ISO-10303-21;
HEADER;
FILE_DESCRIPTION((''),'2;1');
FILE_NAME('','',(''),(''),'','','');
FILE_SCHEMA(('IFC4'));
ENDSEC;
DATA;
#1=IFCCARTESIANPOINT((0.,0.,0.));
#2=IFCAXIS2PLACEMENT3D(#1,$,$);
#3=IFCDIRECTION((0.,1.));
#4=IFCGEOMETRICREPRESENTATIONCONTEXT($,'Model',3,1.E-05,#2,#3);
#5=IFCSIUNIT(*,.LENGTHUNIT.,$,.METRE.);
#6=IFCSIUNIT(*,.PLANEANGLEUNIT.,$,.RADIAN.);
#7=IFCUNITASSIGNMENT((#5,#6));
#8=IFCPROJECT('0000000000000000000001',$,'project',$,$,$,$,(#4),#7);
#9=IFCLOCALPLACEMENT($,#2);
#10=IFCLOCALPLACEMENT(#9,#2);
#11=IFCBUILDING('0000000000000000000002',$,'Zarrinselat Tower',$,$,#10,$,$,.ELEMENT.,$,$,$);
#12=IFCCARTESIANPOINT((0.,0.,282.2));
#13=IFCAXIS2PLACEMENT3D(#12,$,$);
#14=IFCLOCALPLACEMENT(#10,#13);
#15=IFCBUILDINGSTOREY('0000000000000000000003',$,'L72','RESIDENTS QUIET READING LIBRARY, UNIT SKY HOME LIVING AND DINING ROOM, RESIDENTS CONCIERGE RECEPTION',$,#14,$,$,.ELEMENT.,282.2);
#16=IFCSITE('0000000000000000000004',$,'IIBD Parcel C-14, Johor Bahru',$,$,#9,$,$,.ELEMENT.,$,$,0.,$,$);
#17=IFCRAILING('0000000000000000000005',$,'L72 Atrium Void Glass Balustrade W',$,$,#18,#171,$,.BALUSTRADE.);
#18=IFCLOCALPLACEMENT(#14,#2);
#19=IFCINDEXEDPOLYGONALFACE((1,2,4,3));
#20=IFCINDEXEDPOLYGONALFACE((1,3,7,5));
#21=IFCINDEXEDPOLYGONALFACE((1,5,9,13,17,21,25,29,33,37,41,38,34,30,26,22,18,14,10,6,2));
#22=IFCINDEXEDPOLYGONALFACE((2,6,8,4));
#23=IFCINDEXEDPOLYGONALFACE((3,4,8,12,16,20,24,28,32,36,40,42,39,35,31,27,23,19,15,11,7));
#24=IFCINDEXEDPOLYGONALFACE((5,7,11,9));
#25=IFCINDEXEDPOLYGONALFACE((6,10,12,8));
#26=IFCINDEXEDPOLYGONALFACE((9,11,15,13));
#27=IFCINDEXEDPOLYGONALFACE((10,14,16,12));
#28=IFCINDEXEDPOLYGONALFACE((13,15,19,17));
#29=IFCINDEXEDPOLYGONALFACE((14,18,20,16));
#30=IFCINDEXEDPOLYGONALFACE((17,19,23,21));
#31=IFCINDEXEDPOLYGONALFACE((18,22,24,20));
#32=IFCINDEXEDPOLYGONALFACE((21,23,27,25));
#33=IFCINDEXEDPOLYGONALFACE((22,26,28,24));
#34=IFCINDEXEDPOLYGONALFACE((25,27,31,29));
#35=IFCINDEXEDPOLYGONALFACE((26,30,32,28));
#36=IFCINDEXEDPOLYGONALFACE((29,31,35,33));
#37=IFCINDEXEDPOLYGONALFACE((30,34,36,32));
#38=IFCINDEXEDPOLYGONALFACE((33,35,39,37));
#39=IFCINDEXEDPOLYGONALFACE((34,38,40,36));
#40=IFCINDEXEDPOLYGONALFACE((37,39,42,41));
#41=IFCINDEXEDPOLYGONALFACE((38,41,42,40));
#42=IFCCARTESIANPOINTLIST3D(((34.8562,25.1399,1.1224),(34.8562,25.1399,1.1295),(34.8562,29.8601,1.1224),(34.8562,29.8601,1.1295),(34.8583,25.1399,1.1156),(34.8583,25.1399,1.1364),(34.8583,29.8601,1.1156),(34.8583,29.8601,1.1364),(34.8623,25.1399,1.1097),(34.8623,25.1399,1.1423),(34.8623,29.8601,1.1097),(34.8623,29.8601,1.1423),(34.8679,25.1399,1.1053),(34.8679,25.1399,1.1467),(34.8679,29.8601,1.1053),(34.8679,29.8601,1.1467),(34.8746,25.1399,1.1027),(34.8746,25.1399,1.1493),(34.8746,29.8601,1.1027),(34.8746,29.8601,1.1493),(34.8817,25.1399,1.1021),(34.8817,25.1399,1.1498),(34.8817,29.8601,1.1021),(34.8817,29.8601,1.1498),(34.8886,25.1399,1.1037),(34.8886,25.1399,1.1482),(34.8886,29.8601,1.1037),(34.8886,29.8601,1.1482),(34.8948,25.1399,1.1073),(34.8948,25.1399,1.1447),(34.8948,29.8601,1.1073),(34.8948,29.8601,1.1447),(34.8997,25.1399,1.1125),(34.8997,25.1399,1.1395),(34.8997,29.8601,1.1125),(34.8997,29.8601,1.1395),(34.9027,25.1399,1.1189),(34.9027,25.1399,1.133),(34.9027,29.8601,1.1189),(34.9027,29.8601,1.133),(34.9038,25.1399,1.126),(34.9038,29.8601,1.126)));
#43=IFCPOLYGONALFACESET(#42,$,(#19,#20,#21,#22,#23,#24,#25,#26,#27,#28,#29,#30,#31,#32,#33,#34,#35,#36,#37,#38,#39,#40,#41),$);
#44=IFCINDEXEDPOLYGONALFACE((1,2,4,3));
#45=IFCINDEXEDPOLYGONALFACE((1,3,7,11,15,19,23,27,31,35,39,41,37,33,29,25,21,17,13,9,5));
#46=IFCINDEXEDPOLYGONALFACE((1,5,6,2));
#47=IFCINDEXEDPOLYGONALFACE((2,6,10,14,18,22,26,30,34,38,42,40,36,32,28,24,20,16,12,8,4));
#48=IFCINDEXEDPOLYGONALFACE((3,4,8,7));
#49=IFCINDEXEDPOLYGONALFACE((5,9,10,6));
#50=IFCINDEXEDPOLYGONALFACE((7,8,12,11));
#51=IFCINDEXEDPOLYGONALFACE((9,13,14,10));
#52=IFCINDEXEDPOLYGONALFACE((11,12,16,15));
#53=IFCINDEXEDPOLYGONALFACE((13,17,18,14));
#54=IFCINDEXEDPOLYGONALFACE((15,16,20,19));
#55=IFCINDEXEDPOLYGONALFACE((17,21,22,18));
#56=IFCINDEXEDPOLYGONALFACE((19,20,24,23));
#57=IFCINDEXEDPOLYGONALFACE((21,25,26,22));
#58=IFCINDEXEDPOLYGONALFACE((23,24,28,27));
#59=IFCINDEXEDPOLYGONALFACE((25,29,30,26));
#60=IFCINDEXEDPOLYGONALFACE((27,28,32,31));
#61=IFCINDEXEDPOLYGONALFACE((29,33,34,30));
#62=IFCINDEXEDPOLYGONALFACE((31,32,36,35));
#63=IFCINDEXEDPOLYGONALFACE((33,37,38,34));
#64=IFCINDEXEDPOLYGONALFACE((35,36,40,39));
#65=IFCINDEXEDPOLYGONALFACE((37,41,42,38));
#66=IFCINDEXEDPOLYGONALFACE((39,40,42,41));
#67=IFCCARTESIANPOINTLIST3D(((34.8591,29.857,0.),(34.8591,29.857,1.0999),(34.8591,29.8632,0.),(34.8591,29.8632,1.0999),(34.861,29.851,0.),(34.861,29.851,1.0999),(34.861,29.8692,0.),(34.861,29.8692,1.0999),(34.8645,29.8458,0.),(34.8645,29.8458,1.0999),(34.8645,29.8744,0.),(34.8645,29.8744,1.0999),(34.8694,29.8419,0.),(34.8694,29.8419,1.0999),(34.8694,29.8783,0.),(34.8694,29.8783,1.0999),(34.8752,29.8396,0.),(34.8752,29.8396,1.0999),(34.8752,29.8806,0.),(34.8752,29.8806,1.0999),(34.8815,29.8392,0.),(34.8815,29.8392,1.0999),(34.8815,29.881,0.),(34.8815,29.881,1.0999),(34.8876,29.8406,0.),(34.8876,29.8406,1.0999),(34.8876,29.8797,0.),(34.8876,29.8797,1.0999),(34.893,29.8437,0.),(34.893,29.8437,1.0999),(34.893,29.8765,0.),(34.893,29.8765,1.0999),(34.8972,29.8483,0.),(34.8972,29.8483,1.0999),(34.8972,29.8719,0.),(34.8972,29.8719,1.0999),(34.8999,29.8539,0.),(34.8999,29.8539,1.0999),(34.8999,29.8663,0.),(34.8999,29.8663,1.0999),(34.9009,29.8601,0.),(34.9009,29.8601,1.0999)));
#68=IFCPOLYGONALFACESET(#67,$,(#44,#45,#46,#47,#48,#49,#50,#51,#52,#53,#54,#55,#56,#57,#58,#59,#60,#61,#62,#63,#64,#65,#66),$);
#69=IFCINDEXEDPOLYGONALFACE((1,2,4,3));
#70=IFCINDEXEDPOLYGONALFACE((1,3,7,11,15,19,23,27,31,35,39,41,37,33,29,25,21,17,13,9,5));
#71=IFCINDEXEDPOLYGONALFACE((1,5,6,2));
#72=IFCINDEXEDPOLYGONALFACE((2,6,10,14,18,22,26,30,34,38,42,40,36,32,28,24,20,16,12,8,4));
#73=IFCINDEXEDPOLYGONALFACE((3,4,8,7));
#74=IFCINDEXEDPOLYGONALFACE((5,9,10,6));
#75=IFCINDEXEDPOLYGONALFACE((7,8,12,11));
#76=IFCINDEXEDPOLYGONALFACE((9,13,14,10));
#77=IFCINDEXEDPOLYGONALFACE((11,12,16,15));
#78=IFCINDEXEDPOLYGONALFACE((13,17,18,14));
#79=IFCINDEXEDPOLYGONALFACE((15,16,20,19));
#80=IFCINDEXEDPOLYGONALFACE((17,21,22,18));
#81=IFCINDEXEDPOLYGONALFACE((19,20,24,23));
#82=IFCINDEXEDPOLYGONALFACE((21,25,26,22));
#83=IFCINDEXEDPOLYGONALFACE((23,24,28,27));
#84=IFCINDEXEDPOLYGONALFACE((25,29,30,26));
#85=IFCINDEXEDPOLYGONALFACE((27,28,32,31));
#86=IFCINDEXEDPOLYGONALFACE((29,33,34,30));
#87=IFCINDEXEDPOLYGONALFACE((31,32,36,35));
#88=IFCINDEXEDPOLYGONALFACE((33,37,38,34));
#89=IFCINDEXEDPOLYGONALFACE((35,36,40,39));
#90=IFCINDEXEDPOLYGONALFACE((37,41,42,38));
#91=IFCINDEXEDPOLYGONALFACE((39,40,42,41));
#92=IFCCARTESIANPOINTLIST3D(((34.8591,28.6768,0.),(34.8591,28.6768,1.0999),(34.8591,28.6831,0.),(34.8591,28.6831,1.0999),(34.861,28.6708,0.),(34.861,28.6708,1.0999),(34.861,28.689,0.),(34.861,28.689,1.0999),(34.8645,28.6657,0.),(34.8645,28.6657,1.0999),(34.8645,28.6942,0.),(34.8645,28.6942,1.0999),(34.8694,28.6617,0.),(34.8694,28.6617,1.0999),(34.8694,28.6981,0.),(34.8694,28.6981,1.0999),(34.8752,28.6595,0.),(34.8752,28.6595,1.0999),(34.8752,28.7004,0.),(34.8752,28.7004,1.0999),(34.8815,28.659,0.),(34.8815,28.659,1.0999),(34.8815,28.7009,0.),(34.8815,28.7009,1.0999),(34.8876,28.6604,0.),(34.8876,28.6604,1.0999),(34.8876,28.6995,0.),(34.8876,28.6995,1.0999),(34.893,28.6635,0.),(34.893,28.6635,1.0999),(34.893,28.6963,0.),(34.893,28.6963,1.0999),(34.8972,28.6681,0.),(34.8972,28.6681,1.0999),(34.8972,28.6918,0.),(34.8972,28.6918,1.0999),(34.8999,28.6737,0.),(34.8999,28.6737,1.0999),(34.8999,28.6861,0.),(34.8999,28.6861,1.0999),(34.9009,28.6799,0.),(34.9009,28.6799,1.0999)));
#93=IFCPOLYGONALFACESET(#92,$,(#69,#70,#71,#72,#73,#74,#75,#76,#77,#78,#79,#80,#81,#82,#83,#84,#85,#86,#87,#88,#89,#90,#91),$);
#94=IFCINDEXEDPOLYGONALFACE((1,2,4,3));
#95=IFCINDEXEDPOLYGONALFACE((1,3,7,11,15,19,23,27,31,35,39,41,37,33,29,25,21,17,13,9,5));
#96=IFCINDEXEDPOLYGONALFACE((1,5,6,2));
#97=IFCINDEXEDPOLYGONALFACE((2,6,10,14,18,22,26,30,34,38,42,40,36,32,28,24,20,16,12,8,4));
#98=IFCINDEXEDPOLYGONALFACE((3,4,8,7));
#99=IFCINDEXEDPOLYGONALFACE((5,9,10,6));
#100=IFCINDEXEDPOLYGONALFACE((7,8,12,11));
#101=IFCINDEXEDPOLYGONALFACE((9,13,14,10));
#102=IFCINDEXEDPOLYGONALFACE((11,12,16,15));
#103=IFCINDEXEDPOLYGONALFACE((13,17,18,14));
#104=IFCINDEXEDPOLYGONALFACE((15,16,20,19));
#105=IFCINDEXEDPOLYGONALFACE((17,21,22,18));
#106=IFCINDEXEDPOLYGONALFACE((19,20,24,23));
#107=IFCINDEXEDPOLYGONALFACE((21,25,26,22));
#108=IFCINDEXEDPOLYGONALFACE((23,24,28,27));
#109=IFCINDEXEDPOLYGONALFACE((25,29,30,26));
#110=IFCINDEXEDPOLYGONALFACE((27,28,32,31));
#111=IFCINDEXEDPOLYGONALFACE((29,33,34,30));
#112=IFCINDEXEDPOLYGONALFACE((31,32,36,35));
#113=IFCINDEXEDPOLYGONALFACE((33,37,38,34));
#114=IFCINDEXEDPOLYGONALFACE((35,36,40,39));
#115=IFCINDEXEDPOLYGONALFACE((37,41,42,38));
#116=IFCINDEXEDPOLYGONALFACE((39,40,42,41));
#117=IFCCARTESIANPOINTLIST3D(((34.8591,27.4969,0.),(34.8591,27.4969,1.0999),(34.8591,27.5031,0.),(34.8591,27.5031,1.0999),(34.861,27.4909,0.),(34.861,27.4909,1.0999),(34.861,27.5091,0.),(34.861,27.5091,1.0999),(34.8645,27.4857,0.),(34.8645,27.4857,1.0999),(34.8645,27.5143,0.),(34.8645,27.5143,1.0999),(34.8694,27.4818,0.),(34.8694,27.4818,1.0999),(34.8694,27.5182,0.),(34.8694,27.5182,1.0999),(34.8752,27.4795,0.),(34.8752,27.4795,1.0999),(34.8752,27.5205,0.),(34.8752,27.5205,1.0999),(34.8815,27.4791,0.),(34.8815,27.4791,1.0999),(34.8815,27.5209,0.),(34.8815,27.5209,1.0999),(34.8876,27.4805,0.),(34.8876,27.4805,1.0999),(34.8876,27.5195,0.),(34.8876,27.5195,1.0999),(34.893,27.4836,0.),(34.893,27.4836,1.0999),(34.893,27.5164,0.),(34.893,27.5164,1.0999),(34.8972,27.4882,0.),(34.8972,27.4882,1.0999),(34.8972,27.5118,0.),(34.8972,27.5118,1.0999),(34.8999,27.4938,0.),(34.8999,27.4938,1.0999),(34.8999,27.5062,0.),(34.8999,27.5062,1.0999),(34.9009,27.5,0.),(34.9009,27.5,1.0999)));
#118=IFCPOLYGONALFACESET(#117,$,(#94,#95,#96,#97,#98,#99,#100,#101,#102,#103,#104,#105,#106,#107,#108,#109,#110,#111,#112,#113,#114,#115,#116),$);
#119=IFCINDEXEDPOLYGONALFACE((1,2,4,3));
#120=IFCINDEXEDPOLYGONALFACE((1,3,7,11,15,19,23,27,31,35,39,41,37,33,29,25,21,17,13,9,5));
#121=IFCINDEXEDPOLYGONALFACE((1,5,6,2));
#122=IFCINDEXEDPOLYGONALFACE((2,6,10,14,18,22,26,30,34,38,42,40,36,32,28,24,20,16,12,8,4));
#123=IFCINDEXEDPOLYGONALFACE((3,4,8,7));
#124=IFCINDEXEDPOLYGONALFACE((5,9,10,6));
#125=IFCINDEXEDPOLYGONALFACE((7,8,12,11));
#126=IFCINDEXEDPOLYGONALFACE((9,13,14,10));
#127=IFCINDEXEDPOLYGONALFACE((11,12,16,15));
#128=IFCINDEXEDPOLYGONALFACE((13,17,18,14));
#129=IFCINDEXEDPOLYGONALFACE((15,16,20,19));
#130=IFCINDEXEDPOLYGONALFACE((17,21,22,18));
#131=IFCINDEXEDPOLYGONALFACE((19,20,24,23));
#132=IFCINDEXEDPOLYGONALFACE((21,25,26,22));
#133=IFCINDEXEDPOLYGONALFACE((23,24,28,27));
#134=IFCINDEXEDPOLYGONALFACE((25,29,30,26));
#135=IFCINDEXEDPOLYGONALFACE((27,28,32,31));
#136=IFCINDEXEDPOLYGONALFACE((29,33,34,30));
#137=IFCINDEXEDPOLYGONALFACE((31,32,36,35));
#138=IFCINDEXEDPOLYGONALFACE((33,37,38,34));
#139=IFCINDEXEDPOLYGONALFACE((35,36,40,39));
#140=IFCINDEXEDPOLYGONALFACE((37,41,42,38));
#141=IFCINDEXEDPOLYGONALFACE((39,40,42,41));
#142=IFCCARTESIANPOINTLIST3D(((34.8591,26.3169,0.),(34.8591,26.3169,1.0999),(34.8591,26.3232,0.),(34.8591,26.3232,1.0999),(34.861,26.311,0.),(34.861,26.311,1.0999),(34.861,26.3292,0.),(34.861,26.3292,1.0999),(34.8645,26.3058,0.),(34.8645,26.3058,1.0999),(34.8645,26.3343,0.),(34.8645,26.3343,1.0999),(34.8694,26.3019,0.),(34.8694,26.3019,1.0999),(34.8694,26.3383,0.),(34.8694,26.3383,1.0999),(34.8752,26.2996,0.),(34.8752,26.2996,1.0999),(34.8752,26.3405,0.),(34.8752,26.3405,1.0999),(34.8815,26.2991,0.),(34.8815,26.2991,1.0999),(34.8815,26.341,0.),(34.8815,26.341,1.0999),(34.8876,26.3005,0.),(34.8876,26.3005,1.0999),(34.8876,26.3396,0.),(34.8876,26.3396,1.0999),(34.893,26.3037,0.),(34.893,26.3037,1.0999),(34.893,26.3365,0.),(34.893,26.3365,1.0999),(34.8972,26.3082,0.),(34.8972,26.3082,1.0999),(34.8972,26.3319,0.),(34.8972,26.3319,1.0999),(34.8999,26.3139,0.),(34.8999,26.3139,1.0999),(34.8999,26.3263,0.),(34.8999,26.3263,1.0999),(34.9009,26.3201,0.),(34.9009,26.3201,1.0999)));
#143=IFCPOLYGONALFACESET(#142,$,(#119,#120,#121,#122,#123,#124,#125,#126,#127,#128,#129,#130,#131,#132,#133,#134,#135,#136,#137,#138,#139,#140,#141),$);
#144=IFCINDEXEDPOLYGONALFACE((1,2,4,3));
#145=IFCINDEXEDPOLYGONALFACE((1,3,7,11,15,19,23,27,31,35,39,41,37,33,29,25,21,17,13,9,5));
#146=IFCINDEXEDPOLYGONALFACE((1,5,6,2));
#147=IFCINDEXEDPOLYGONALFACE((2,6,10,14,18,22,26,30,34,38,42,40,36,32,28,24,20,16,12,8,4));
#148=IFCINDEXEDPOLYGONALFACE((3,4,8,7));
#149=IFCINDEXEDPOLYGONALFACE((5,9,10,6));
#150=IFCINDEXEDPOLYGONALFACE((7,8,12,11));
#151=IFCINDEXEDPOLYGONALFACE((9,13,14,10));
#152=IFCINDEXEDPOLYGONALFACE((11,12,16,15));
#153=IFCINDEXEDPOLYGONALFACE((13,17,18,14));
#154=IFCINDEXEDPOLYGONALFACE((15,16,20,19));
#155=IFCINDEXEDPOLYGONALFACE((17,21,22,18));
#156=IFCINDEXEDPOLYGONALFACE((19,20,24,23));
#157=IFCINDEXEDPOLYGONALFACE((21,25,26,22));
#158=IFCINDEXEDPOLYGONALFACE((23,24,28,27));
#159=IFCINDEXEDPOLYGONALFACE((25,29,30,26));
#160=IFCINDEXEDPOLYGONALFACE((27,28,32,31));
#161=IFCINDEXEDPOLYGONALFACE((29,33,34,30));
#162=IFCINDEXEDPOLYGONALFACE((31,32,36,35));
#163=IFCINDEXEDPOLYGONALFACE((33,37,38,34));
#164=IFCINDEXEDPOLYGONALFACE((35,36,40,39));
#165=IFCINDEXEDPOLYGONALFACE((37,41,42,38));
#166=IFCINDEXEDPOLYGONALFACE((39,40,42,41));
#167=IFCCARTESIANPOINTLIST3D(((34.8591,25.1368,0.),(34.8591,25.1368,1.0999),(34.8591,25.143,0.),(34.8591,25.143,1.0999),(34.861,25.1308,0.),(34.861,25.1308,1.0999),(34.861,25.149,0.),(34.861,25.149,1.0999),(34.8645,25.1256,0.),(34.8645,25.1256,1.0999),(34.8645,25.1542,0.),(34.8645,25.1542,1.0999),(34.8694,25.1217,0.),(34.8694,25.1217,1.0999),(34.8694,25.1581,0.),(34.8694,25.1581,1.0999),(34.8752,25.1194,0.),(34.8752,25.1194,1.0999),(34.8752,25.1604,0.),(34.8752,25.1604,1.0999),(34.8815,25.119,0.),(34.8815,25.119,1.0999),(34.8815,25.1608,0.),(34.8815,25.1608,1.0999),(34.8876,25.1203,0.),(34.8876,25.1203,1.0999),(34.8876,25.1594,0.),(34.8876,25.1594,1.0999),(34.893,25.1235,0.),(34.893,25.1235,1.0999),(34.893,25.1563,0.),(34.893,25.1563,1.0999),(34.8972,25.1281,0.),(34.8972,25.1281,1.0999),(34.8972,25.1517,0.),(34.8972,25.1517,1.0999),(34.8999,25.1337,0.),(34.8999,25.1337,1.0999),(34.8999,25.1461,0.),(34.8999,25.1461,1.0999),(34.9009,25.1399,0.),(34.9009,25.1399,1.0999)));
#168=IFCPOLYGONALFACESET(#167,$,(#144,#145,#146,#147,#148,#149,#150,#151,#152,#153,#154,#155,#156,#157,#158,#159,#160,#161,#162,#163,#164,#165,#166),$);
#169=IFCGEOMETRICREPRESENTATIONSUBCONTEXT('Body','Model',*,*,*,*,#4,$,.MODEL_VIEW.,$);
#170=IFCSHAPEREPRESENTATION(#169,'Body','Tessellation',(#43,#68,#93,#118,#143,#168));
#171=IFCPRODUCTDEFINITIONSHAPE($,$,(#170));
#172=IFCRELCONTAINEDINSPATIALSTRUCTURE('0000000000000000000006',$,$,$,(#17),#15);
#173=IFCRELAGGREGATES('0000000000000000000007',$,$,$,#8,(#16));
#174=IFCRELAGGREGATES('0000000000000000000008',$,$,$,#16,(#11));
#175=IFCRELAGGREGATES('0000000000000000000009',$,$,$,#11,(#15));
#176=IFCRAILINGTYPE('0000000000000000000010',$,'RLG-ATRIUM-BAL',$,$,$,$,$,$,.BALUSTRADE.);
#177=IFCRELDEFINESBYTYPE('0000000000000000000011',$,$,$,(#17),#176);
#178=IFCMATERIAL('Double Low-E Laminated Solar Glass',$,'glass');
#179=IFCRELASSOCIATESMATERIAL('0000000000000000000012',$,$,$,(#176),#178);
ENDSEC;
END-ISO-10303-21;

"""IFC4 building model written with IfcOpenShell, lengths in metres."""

from ifc_helpers import new_model, si_unit, direction, frame, origin, origin_2d, place, context, subcontext, project, spatial, circle, extrude, material, type_object, element, save


model = new_model("IFC4")

# Units and contexts
model_context = context("Model", 3, precision=1e-05, world=origin(), true_north=direction((0.0, 1.0)))
body_context = subcontext(model_context, "Body", "Model", "MODEL_VIEW")
ifc_project = project(units=[si_unit("LENGTHUNIT", "METRE"), si_unit("PLANEANGLEUNIT", "RADIAN")], contexts=[model_context])

# Site, building, storey
site_placement = place(None, origin())
site = spatial("IfcSite", under=ifc_project, at=site_placement, Name="IIBD Parcel C-14, Johor Bahru", CompositionType="ELEMENT", RefElevation=0.0)
building_placement = place(site_placement, origin())
building = spatial("IfcBuilding", under=site, at=building_placement, Name="Zarrinselat Tower", CompositionType="ELEMENT")
storey_placement = place(building_placement, frame((0.0, 0.0, 282.2)))
storey = spatial("IfcBuildingStorey", under=building, at=storey_placement, Name="L72", Description="RESIDENTS QUIET READING LIBRARY, UNIT SKY HOME LIVING AND DINING ROOM, RESIDENTS CONCIERGE RECEPTION", CompositionType="ELEMENT", Elevation=282.2)

# Railing
ifc_material_1 = material(Name="Double Low-E Laminated Solar Glass", Category="glass")
railing_type_1 = type_object("IfcRailingType", Name="RLG-ATRIUM-BAL", PredefinedType="BALUSTRADE", material=ifc_material_1)
railing_1_placement = place(storey_placement, frame((34.8799, 29.8601, 0.0)))
element("IfcRailing", 1, at=railing_1_placement, inside=storey, type_object=railing_type_1, Name="L72 Atrium Void Glass Balustrade W", PredefinedType="BALUSTRADE", context=body_context, shape_type="SweptSolid", body=[
    extrude(circle(Radius=0.0239, at=origin_2d()), frame((0.0, 0.0, 1.126), z_axis=(0.0, -1.0, 0.0), x_axis=(1.0, 0.0, 0.0)), (0.0, 0.0, 1.0), 4.7202),
    extrude(circle(Radius=0.021, at=origin_2d()), origin(), (0.0, 0.0, 1.0), 1.0999),
    extrude(circle(Radius=0.021, at=origin_2d()), frame((0.0, -1.1802, 0.0)), (0.0, 0.0, 1.0), 1.0999),
    extrude(circle(Radius=0.021, at=origin_2d()), frame((0.0, -2.3601, 0.0)), (0.0, 0.0, 1.0), 1.0999),
    extrude(circle(Radius=0.021, at=origin_2d()), frame((0.0, -3.54, 0.0)), (0.0, 0.0, 1.0), 1.0999),
    extrude(circle(Radius=0.021, at=origin_2d()), frame((0.0, -4.7202, 0.0)), (0.0, 0.0, 1.0), 1.0999),
])

save(model, "model.ifc")
